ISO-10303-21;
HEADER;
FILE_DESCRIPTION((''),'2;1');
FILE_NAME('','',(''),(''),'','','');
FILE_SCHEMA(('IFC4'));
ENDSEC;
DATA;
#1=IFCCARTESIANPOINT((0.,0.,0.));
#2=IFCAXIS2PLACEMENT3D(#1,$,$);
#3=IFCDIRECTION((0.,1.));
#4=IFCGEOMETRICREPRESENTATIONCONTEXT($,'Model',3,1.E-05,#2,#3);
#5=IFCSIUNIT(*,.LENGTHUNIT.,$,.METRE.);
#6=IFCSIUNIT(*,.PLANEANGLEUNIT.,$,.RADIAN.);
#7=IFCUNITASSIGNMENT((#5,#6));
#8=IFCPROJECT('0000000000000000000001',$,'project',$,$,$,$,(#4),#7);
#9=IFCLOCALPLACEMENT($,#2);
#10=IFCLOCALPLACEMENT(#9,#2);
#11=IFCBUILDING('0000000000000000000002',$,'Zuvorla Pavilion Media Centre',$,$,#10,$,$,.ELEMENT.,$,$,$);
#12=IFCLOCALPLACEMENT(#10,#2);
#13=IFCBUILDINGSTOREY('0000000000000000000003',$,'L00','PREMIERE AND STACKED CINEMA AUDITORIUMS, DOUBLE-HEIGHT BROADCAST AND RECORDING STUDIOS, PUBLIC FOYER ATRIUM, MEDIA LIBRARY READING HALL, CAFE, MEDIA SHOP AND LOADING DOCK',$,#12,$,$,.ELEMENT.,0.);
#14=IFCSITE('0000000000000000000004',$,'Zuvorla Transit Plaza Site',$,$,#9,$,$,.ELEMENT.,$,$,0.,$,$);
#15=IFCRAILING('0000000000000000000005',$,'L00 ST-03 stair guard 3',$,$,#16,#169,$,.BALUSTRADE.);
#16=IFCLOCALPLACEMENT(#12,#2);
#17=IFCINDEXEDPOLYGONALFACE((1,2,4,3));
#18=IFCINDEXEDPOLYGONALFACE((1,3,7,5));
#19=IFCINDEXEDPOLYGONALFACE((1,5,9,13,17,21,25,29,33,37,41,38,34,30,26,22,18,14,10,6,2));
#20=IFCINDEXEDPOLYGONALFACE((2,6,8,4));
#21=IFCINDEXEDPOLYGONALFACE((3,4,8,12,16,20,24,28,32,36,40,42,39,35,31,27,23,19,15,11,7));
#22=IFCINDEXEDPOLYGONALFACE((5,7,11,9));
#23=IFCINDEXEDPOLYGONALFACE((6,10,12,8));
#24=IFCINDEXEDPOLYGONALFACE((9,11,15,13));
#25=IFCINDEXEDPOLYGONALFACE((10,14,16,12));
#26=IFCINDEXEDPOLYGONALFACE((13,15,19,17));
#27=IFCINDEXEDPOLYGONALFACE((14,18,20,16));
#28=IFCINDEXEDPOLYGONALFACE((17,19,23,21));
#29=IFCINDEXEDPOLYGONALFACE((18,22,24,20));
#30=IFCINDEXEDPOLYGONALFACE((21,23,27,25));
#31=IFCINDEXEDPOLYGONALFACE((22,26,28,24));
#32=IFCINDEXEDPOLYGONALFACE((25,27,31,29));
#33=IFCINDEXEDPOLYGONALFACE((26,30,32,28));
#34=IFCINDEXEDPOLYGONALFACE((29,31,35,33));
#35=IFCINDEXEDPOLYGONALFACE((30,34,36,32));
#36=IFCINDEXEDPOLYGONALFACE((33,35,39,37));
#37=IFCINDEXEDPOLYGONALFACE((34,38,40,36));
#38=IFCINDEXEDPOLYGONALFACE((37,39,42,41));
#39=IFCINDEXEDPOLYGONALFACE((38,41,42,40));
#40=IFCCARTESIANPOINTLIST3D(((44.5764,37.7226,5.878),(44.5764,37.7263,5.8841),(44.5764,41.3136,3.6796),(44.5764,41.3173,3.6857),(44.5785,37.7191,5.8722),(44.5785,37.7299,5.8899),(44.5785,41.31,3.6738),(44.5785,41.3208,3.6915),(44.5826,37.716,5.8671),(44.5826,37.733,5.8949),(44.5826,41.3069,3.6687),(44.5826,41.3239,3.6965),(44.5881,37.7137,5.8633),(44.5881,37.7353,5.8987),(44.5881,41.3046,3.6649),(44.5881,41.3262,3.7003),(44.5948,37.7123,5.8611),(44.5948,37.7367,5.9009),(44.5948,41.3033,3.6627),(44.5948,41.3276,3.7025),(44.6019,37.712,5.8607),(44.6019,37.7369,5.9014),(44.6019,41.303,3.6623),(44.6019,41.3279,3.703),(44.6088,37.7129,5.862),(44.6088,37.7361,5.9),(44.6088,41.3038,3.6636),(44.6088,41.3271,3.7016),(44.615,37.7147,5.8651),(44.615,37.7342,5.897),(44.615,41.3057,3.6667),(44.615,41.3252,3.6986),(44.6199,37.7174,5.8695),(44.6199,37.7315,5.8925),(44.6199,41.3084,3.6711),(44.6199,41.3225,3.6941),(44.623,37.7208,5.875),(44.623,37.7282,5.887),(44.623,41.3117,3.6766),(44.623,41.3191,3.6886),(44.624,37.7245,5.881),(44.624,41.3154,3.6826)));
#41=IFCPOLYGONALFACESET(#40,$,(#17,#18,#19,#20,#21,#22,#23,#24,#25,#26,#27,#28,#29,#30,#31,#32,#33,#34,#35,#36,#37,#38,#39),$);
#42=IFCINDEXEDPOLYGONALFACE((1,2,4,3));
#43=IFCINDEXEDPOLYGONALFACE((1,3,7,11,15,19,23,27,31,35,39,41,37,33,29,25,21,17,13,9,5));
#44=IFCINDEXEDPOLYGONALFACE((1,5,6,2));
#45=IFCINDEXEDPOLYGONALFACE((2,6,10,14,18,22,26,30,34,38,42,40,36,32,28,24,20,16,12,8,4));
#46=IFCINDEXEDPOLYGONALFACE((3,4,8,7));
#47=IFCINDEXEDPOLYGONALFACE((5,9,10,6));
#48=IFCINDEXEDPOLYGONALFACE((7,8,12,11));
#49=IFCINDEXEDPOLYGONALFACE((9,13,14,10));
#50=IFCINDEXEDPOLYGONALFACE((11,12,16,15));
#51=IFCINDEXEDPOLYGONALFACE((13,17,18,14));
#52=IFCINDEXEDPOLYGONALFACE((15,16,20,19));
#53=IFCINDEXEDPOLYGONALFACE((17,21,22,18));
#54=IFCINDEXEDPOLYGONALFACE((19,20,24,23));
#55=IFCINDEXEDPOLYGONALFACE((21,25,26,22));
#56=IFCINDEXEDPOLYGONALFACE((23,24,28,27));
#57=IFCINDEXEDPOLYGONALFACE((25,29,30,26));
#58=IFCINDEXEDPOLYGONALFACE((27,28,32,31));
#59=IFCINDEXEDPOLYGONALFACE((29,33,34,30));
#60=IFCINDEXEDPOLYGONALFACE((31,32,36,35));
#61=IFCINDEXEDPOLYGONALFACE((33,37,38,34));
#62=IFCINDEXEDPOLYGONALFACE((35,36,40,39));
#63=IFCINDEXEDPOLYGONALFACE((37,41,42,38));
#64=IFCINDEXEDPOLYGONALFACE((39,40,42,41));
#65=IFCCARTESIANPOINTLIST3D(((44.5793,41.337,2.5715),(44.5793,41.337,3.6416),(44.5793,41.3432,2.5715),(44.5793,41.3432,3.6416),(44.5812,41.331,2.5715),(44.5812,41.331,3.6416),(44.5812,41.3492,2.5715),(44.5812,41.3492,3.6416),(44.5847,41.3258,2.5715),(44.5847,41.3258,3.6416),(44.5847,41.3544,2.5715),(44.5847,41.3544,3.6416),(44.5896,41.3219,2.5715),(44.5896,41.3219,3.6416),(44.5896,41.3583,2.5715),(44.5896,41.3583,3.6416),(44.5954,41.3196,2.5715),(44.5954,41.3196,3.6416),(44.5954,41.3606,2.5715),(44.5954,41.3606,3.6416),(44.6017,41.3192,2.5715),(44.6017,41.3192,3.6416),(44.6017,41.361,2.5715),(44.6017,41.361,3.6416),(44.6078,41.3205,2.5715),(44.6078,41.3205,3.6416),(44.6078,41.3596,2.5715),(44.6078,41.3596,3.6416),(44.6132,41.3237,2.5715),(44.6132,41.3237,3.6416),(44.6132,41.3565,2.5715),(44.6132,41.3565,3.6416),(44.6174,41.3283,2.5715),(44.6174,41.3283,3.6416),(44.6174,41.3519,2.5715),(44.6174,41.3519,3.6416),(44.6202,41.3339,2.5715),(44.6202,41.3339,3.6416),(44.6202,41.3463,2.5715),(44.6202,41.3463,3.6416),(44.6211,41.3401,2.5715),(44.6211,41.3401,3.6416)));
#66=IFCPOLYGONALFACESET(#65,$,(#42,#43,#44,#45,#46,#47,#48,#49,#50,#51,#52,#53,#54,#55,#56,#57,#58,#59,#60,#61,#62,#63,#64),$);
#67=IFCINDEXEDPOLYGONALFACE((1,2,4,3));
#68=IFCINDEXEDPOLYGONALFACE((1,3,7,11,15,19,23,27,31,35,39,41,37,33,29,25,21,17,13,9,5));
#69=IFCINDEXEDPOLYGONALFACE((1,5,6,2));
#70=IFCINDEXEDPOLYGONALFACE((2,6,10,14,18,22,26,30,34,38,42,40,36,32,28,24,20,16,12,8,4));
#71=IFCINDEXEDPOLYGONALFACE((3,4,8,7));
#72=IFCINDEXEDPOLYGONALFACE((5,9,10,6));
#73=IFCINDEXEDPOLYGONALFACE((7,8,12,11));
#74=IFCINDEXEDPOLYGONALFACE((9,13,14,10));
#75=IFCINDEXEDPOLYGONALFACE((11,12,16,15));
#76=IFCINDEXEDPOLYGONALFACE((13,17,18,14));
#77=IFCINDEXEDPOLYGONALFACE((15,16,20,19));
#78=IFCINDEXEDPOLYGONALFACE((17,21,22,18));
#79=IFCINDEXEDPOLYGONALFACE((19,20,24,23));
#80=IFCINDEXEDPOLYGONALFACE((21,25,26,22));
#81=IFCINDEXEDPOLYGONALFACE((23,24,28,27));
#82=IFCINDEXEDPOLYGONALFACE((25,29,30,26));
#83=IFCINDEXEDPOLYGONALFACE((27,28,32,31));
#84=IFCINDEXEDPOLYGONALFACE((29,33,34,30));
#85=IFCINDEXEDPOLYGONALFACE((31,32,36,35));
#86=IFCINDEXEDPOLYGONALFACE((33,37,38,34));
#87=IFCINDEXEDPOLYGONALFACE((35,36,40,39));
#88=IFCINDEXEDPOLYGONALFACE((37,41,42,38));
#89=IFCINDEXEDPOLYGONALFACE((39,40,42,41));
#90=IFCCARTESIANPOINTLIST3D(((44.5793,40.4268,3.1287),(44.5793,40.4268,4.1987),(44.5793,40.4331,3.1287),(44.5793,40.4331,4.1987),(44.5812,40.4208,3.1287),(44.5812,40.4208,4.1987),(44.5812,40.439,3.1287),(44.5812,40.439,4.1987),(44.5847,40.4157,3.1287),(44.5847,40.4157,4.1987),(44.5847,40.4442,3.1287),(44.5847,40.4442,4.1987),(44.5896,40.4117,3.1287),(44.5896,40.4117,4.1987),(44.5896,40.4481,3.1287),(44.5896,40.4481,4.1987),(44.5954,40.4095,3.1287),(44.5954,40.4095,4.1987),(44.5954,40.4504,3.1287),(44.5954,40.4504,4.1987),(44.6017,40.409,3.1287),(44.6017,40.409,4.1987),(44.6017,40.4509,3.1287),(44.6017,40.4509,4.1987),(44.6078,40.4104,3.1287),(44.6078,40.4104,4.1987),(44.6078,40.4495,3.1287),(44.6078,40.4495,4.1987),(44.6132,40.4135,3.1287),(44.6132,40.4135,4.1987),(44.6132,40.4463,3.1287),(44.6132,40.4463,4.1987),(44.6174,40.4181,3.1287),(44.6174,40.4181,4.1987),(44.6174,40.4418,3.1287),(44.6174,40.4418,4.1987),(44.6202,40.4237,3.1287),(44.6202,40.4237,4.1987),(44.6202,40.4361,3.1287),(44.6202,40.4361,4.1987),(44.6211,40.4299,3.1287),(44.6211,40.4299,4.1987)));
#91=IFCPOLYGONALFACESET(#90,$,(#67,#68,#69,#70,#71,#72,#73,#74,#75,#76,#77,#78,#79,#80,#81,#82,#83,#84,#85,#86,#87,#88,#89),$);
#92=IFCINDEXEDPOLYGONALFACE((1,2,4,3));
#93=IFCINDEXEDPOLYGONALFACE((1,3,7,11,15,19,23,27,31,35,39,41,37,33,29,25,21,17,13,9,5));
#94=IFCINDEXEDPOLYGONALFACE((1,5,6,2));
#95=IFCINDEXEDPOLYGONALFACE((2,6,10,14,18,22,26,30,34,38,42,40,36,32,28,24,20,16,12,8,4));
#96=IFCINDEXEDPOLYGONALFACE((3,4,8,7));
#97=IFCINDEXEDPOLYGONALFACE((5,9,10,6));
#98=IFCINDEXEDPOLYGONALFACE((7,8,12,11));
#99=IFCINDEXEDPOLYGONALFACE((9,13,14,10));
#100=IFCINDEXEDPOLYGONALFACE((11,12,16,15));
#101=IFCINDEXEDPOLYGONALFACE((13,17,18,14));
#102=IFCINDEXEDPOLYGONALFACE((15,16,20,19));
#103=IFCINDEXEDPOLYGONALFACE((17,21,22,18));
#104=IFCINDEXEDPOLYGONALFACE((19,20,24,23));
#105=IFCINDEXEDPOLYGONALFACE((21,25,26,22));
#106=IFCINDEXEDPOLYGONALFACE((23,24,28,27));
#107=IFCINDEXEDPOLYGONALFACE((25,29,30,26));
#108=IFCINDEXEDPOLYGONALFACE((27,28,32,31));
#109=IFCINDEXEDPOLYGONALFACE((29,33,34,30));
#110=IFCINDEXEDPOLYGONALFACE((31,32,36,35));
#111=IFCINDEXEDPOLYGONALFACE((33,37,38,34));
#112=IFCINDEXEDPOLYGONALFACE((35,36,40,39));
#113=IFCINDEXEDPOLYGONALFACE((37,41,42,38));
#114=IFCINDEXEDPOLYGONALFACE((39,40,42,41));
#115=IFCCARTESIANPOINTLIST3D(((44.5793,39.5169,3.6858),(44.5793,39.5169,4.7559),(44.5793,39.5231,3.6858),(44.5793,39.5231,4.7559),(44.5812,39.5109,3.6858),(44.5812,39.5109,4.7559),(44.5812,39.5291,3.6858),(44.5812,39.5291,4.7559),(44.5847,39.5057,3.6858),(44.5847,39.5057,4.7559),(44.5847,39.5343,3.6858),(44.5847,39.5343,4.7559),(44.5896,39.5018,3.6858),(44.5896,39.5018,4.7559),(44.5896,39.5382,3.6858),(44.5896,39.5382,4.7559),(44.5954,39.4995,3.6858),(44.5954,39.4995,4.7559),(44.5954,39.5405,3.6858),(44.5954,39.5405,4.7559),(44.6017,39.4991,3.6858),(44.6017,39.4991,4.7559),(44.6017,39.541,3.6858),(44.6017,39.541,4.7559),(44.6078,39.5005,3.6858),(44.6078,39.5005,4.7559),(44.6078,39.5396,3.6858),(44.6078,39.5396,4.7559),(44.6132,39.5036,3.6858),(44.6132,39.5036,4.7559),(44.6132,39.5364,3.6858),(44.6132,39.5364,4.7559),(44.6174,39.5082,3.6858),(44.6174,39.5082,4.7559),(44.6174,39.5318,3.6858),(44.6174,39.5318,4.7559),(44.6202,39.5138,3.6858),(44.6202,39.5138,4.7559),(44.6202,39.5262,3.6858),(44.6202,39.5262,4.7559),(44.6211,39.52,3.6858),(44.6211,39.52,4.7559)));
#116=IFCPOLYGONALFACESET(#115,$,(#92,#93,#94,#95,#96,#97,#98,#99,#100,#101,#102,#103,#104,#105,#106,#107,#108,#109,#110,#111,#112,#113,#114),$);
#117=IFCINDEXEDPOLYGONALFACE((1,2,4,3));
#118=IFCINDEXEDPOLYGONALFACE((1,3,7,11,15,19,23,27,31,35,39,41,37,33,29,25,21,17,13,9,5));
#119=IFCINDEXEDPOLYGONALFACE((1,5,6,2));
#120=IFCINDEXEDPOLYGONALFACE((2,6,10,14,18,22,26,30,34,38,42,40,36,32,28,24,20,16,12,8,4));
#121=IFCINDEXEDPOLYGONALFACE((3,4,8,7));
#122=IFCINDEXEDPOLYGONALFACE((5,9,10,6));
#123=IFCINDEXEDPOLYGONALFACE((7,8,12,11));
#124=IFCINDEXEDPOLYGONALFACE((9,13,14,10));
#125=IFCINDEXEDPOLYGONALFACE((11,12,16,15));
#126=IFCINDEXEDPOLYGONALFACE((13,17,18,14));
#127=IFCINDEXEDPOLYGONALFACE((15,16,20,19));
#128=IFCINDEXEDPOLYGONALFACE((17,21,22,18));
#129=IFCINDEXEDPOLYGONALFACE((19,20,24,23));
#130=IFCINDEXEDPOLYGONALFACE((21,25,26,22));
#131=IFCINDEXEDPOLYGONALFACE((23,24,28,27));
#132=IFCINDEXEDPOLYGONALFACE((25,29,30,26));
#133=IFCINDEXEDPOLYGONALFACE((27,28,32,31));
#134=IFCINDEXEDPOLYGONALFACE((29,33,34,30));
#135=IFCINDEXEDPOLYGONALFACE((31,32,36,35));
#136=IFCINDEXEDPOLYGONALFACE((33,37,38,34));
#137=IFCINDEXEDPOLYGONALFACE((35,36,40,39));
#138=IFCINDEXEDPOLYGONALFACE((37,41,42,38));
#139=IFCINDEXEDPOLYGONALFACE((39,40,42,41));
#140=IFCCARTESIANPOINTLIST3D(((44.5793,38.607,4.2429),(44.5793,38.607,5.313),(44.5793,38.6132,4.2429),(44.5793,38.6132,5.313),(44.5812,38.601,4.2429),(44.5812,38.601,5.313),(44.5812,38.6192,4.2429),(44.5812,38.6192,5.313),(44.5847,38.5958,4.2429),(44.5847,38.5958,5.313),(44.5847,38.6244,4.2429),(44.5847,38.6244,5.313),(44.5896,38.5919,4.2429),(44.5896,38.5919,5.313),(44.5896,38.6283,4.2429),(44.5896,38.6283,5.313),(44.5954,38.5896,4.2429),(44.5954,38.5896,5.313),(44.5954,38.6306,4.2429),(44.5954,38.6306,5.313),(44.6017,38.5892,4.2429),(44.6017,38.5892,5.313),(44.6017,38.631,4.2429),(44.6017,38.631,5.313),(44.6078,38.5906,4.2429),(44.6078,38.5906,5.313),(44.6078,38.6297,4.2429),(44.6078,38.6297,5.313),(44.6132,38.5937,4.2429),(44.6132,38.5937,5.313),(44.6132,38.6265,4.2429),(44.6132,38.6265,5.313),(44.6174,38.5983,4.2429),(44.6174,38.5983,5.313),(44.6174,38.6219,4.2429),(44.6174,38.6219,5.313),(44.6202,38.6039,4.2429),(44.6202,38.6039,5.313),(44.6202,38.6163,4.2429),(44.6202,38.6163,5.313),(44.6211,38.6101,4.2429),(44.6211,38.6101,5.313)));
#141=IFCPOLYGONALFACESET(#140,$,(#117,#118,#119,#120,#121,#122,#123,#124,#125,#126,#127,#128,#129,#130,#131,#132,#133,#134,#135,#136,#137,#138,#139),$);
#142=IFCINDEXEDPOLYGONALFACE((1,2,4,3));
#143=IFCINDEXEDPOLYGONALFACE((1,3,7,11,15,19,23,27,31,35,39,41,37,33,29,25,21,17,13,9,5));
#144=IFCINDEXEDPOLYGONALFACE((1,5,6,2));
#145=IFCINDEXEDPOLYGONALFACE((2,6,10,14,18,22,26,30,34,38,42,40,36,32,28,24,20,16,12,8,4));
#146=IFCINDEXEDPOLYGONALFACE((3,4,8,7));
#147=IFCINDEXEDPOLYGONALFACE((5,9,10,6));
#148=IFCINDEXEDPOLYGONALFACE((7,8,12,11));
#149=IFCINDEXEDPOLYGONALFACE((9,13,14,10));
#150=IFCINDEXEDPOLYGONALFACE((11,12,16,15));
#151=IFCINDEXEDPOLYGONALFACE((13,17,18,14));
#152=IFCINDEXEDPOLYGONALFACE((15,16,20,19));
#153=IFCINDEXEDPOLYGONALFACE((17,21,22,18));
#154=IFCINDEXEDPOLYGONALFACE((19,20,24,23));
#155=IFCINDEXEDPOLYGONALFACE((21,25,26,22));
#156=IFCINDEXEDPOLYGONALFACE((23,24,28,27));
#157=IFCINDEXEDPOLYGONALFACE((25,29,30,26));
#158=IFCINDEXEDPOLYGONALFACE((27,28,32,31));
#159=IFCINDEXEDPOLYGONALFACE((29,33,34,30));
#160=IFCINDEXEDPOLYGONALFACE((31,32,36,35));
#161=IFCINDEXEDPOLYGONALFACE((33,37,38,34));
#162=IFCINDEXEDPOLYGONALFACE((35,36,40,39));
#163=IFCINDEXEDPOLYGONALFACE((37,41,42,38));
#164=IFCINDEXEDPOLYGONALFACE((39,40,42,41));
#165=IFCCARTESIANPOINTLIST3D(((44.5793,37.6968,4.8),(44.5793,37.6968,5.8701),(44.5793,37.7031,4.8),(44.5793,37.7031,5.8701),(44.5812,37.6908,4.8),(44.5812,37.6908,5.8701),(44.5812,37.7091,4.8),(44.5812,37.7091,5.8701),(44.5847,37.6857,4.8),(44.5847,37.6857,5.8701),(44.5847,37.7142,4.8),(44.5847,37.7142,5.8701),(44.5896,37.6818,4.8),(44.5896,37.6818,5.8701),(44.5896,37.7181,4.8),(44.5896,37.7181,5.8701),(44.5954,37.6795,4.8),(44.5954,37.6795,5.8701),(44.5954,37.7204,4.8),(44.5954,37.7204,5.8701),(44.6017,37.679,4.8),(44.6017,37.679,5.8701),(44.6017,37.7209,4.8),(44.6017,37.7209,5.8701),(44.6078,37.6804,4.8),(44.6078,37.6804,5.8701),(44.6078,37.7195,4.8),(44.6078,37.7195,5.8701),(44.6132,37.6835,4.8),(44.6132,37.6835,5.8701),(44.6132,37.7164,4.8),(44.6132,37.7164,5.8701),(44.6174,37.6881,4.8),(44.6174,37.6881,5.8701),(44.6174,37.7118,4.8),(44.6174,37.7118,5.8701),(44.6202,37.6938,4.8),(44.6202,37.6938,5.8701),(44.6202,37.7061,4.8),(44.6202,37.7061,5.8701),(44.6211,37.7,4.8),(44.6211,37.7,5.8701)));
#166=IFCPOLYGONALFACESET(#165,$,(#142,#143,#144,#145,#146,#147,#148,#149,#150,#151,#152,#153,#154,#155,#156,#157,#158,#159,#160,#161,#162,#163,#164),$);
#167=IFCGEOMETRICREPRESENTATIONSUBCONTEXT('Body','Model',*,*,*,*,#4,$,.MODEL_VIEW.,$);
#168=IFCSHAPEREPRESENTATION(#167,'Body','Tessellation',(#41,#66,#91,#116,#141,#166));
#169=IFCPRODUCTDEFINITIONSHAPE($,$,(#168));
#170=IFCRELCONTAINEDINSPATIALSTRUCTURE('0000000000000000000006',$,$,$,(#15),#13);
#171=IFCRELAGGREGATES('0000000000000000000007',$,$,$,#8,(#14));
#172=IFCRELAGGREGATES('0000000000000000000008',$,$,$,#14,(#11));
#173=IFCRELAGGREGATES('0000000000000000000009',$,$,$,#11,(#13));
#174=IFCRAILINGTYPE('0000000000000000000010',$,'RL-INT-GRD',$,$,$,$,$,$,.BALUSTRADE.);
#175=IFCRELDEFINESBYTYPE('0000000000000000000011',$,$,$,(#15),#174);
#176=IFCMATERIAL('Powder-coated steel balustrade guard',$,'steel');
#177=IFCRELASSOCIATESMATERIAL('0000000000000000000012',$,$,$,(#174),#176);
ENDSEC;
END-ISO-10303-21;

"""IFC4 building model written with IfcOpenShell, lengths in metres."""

from ifc_helpers import new_model, si_unit, direction, frame, origin, origin_2d, place, context, subcontext, project, spatial, circle, extrude, material, type_object, element, save


model = new_model("IFC4")

# Units and contexts
model_context = context("Model", 3, precision=1e-05, world=origin(), true_north=direction((0.0, 1.0)))
body_context = subcontext(model_context, "Body", "Model", "MODEL_VIEW")
ifc_project = project(units=[si_unit("LENGTHUNIT", "METRE"), si_unit("PLANEANGLEUNIT", "RADIAN")], contexts=[model_context])

# Site, building, storey
site_placement = place(None, origin())
site = spatial("IfcSite", under=ifc_project, at=site_placement, Name="Zuvorla Transit Plaza Site", CompositionType="ELEMENT", RefElevation=0.0)
building_placement = place(site_placement, origin())
building = spatial("IfcBuilding", under=site, at=building_placement, Name="Zuvorla Pavilion Media Centre", CompositionType="ELEMENT")
storey_placement = place(building_placement, origin())
storey = spatial("IfcBuildingStorey", under=building, at=storey_placement, Name="L00", Description="PREMIERE AND STACKED CINEMA AUDITORIUMS, DOUBLE-HEIGHT BROADCAST AND RECORDING STUDIOS, PUBLIC FOYER ATRIUM, MEDIA LIBRARY READING HALL, CAFE, MEDIA SHOP AND LOADING DOCK", CompositionType="ELEMENT", Elevation=0.0)

# Railing
ifc_material_1 = material(Name="Powder-coated steel balustrade guard", Category="steel")
railing_type_1 = type_object("IfcRailingType", Name="RL-INT-GRD", PredefinedType="BALUSTRADE", material=ifc_material_1)
railing_1_placement = place(storey_placement, frame((44.6001, 41.3401, 2.5715)))
element("IfcRailing", 1, at=railing_1_placement, inside=storey, type_object=railing_type_1, Name="L00 ST-03 stair guard 3", PredefinedType="BALUSTRADE", context=body_context, shape_type="SweptSolid", body=[
    extrude(circle(Radius=0.0239, at=origin_2d()), frame((0.0, -0.0247, 1.1111), z_axis=(0.0, -0.852866, 0.52213), x_axis=(1.0, 0.0, 0.0)), (0.0, 0.0, 1.0), 4.2104),
    extrude(circle(Radius=0.021, at=origin_2d()), origin(), (0.0, 0.0, 1.0), 1.0701),
    extrude(circle(Radius=0.021, at=origin_2d()), frame((0.0, -0.9102, 0.5571)), (0.0, 0.0, 1.0), 1.0701),
    extrude(circle(Radius=0.021, at=origin_2d()), frame((0.0, -1.8201, 1.1143)), (0.0, 0.0, 1.0), 1.0701),
    extrude(circle(Radius=0.021, at=origin_2d()), frame((0.0, -2.73, 1.6714)), (0.0, 0.0, 1.0), 1.0701),
    extrude(circle(Radius=0.021, at=origin_2d()), frame((0.0, -3.6401, 2.2285)), (0.0, 0.0, 1.0), 1.0701),
])

save(model, "model.ifc")
